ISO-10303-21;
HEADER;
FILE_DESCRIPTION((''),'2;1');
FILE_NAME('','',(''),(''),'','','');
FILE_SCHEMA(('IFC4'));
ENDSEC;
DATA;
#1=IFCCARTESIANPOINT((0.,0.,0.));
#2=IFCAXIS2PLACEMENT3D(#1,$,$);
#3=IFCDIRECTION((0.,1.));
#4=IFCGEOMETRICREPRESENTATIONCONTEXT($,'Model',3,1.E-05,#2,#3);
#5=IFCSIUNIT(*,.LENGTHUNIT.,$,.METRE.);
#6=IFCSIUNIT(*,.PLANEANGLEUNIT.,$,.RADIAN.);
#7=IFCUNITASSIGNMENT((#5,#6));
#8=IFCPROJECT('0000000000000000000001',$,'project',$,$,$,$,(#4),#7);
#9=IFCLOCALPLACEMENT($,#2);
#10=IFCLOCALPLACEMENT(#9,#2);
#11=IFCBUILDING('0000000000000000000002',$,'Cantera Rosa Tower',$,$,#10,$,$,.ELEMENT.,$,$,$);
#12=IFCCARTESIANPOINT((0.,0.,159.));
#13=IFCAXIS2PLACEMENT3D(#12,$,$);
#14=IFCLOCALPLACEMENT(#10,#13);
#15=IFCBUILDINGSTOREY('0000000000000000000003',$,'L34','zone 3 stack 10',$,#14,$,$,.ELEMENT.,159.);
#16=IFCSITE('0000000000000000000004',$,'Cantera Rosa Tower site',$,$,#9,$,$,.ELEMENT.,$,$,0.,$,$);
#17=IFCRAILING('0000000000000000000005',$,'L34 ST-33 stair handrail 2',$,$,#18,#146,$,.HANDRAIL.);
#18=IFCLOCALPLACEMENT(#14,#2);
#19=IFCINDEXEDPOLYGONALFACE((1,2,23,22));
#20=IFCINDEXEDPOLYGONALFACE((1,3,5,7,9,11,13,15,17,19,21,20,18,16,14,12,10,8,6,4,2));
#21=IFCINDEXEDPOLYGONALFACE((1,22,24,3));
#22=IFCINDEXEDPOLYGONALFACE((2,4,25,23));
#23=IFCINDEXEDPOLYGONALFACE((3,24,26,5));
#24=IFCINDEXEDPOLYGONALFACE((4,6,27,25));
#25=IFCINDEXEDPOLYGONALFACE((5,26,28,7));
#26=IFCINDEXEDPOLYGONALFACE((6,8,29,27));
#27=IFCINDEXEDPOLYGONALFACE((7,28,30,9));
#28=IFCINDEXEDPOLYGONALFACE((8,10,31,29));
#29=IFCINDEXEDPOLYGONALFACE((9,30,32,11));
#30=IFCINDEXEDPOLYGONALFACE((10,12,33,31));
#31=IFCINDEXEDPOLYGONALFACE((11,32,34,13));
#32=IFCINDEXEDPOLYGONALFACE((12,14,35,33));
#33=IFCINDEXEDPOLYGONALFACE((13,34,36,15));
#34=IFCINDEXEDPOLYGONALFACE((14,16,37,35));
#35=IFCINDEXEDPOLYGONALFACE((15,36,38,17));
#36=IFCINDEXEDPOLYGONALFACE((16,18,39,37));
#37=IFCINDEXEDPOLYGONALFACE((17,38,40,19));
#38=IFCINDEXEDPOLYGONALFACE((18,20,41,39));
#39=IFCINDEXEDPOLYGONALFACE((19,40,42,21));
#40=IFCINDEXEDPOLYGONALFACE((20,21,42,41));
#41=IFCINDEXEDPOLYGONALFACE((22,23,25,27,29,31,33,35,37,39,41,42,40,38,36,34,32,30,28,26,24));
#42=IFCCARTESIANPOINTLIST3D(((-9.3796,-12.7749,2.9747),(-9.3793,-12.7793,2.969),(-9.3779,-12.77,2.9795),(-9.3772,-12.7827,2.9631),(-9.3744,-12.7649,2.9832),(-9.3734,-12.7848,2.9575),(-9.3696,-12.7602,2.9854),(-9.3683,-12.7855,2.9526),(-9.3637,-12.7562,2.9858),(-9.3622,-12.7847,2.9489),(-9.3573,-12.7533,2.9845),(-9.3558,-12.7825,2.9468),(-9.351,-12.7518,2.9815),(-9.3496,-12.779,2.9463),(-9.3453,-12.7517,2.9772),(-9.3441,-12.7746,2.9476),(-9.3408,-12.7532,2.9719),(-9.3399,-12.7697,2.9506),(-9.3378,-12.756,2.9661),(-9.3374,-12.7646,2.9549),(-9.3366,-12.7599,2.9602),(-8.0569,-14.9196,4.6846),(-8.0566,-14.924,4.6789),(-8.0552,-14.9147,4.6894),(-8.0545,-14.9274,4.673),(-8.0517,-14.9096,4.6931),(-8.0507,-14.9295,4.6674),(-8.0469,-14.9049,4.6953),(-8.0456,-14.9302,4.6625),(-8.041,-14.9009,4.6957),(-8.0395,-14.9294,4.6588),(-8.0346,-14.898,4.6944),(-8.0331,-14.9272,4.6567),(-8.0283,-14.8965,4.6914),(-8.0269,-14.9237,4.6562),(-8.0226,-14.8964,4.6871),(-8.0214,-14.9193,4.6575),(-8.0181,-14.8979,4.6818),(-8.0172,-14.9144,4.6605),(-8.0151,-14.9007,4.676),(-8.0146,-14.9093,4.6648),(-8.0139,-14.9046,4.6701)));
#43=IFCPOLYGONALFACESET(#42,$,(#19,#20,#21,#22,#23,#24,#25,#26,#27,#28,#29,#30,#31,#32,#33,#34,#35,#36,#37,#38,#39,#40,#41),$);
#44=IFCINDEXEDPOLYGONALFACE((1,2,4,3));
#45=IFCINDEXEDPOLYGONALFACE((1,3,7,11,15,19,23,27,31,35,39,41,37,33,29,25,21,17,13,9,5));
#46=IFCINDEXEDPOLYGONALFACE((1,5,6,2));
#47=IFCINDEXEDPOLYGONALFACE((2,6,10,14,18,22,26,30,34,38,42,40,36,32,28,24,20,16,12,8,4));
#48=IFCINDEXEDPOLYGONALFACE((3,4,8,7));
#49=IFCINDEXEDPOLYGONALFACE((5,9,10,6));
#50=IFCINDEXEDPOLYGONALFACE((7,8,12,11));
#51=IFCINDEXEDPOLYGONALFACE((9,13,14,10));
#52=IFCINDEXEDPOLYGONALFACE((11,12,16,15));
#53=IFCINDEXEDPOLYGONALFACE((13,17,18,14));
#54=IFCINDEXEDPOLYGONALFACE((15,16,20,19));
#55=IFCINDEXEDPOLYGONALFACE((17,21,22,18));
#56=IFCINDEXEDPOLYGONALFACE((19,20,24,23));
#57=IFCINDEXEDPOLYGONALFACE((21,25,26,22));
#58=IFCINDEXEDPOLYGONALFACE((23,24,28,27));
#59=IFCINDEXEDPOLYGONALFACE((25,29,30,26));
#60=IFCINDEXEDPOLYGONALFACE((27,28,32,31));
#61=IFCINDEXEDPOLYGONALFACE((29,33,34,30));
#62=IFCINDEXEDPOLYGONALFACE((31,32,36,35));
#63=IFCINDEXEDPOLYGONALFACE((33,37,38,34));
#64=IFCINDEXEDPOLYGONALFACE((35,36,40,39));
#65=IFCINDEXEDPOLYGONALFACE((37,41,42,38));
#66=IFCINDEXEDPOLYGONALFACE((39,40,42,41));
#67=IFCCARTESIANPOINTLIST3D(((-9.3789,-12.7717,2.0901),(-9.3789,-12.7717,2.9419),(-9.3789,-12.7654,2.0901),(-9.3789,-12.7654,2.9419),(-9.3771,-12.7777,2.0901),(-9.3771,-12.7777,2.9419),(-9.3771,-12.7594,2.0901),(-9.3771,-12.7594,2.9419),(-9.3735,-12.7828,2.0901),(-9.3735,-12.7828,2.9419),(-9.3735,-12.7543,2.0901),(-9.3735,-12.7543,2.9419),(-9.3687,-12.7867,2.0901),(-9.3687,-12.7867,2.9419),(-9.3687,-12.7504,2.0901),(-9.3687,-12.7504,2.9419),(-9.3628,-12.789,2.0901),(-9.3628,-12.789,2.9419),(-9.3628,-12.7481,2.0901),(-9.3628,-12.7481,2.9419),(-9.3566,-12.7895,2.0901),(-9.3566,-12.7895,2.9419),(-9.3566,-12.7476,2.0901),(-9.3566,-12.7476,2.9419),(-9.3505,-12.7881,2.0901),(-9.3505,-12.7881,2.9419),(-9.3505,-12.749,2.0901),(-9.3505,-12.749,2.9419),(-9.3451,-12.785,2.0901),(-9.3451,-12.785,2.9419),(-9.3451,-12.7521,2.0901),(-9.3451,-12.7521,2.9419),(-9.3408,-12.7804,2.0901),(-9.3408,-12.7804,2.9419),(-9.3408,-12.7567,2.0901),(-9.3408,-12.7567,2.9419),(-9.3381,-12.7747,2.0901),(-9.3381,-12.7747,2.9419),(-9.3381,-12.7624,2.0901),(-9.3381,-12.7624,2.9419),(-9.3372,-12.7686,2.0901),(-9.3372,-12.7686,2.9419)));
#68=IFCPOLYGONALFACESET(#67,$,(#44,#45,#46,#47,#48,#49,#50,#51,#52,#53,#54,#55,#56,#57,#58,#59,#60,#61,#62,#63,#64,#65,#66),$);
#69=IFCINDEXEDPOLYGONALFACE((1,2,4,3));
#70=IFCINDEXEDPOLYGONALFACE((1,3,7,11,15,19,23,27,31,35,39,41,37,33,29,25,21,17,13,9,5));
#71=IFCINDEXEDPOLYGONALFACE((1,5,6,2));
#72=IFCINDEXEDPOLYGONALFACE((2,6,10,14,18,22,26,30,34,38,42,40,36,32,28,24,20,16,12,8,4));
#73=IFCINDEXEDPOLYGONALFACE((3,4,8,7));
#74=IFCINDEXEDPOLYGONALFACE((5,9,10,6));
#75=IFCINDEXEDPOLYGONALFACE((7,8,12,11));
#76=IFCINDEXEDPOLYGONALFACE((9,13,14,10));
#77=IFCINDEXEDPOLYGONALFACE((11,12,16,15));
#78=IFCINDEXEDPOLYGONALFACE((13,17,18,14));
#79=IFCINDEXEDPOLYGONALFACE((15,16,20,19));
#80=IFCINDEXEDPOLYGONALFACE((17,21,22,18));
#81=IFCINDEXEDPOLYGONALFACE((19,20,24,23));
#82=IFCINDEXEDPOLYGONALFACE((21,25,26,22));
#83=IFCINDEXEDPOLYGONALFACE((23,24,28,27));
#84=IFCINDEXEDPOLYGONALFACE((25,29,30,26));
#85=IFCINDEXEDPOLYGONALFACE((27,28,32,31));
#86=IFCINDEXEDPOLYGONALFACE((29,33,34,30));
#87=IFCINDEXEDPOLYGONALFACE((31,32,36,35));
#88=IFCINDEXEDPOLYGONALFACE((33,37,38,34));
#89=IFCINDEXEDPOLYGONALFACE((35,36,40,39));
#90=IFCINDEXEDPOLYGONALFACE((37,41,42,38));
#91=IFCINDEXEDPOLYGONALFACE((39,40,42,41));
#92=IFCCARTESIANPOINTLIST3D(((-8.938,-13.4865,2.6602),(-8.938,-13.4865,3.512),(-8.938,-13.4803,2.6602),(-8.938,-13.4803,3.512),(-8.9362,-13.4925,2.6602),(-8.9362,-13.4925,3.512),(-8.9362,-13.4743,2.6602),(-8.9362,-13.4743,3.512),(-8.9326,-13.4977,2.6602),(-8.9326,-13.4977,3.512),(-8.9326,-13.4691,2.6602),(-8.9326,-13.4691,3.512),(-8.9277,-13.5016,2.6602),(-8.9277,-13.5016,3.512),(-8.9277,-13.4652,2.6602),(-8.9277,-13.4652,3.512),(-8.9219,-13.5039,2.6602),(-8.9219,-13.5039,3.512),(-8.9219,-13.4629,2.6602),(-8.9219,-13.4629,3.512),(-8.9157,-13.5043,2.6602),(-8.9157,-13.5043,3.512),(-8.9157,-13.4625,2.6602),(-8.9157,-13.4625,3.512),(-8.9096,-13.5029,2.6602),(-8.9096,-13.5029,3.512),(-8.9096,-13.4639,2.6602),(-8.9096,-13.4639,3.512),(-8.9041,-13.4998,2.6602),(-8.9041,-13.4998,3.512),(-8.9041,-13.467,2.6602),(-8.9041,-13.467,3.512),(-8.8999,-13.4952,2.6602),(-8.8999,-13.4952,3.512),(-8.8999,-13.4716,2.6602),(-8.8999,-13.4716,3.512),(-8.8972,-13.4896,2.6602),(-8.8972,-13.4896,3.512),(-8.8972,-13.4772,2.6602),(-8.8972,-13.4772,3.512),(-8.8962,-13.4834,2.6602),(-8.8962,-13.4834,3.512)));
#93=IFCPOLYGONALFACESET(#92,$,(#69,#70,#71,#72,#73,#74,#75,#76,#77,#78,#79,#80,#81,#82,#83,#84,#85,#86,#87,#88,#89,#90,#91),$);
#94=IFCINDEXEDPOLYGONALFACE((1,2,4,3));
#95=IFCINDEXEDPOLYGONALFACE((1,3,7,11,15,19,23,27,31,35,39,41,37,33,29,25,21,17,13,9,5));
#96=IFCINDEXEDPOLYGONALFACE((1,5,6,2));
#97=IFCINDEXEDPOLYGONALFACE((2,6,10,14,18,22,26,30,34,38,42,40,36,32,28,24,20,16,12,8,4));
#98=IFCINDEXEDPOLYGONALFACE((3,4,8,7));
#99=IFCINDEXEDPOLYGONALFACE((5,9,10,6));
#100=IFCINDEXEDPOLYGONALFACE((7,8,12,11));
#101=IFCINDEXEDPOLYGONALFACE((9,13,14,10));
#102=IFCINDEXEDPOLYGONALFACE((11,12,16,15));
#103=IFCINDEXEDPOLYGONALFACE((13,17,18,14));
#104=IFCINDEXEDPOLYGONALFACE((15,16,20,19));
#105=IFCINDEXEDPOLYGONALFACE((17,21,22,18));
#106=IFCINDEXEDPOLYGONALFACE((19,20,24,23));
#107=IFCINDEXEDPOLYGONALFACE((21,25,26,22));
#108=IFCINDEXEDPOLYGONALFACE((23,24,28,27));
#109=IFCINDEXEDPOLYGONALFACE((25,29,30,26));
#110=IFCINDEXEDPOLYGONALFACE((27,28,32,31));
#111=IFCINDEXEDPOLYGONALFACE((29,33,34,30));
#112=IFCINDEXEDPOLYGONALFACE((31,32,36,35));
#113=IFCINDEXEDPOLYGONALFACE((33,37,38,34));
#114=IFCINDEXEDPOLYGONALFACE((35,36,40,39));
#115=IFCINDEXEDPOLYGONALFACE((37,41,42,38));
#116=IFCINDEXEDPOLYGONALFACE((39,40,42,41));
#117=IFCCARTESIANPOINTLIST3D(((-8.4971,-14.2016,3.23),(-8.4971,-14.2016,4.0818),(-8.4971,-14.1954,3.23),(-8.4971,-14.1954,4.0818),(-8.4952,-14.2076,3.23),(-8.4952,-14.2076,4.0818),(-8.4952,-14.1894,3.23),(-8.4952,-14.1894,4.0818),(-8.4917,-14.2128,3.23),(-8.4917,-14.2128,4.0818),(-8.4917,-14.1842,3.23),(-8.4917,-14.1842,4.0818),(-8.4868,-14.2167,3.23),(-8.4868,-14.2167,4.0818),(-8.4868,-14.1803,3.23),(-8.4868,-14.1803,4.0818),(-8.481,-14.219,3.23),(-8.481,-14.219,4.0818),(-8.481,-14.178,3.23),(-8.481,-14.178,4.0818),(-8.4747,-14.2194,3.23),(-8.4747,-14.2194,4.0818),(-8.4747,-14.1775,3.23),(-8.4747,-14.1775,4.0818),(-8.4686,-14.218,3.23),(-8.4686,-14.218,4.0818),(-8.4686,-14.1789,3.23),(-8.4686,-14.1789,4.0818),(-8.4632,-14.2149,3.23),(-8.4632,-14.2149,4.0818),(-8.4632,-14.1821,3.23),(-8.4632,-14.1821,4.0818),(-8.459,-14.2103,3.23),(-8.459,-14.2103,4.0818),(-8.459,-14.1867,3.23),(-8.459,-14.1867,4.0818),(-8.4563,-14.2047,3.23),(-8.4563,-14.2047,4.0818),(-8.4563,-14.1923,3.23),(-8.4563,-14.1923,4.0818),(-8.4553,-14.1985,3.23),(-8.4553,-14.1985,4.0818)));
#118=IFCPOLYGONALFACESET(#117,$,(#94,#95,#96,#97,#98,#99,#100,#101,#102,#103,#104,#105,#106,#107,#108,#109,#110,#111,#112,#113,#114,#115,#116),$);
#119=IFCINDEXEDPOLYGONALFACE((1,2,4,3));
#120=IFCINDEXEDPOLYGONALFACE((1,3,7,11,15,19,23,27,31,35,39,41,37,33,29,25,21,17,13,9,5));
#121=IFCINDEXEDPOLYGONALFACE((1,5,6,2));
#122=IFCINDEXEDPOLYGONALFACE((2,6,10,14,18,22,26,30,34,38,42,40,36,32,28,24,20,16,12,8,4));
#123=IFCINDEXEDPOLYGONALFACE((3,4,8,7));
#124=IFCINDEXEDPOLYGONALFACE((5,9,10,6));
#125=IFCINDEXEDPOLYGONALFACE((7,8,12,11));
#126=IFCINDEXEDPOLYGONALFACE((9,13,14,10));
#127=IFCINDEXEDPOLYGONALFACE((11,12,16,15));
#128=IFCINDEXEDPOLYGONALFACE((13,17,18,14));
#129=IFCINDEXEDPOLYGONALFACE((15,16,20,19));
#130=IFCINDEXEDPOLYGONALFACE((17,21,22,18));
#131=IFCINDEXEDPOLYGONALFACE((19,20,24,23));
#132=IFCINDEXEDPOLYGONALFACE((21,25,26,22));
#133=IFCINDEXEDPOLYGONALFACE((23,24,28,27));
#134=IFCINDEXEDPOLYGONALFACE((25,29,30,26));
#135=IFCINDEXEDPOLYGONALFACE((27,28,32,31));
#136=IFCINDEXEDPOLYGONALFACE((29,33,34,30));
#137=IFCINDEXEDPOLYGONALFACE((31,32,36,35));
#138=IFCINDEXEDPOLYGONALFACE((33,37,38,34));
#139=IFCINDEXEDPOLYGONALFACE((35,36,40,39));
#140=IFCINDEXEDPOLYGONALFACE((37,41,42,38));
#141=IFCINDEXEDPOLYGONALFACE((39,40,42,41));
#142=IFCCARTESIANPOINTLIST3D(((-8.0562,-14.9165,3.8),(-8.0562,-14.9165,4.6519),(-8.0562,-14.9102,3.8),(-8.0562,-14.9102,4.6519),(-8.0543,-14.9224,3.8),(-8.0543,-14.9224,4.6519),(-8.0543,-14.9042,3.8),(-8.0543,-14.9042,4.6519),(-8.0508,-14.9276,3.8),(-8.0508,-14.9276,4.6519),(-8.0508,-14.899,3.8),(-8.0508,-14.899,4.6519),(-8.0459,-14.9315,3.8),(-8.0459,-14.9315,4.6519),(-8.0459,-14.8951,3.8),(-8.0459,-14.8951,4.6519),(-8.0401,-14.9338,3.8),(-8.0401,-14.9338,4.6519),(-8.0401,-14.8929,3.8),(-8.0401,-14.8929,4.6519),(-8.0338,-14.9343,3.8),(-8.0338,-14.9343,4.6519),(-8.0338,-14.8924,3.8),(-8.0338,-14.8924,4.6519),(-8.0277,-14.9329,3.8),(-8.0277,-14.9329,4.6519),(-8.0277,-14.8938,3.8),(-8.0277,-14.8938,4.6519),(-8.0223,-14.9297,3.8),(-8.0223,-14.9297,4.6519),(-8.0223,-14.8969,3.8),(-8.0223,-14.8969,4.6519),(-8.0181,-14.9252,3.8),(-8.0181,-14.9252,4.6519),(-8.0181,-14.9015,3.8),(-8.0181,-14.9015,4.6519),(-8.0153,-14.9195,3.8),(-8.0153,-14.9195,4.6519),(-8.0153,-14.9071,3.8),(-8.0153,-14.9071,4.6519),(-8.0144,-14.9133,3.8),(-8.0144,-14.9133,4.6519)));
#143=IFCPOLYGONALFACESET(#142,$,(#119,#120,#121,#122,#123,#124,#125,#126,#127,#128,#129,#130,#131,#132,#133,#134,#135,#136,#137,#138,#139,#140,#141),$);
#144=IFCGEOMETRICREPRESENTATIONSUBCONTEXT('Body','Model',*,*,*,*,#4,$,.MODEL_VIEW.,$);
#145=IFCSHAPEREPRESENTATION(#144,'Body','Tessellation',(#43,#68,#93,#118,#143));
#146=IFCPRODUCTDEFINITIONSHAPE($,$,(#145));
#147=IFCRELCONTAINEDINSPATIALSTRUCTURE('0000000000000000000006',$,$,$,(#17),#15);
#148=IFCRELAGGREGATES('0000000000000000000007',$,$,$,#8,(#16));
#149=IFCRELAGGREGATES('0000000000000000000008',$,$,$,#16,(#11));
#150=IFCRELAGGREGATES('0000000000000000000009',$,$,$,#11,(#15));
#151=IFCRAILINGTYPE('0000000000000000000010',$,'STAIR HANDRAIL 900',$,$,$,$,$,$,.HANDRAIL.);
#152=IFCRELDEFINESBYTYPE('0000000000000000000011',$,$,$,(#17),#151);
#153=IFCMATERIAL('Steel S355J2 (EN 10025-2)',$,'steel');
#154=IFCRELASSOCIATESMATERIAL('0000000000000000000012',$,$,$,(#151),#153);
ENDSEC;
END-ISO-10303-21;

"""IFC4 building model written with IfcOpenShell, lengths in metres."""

from ifc_helpers import new_model, si_unit, direction, frame, origin, origin_2d, place, context, subcontext, project, spatial, circle, extrude, material, type_object, element, save


model = new_model("IFC4")

# Units and contexts
model_context = context("Model", 3, precision=1e-05, world=origin(), true_north=direction((0.0, 1.0)))
body_context = subcontext(model_context, "Body", "Model", "MODEL_VIEW")
ifc_project = project(units=[si_unit("LENGTHUNIT", "METRE"), si_unit("PLANEANGLEUNIT", "RADIAN")], contexts=[model_context])

# Site, building, storey
site_placement = place(None, origin())
site = spatial("IfcSite", under=ifc_project, at=site_placement, Name="Cantera Rosa Tower site", CompositionType="ELEMENT", RefElevation=0.0)
building_placement = place(site_placement, origin())
building = spatial("IfcBuilding", under=site, at=building_placement, Name="Cantera Rosa Tower", CompositionType="ELEMENT")
storey_placement = place(building_placement, frame((0.0, 0.0, 159.0)))
storey = spatial("IfcBuildingStorey", under=building, at=storey_placement, Name="L34", Description="zone 3 stack 10", CompositionType="ELEMENT", Elevation=159.0)

# Railing
ifc_material_1 = material(Name="Steel S355J2 (EN 10025-2)", Category="steel")
railing_type_1 = type_object("IfcRailingType", Name="STAIR HANDRAIL 900", PredefinedType="HANDRAIL", material=ifc_material_1)
railing_1_placement = place(storey_placement, frame((-9.3582, -12.7686, 2.0901)))
element("IfcRailing", 1, at=railing_1_placement, inside=storey, type_object=railing_type_1, Name="L34 ST-33 stair handrail 2", PredefinedType="HANDRAIL", context=body_context, shape_type="SweptSolid", body=[
    extrude(circle(Radius=0.0239, at=origin_2d()), frame((0.0, 0.0, 0.876), z_axis=(0.434363, -0.704296, 0.561513), x_axis=(0.851146, 0.52493, 0.0)), (0.0, 0.0, 1.0), 3.0452),
    extrude(circle(Radius=0.021, at=origin_2d()), origin(), (0.0, 0.0, 1.0), 0.8518),
    extrude(circle(Radius=0.021, at=origin_2d()), frame((0.4409, -0.7148, 0.5701)), (0.0, 0.0, 1.0), 0.8518),
    extrude(circle(Radius=0.021, at=origin_2d()), frame((0.8818, -1.4299, 1.1399)), (0.0, 0.0, 1.0), 0.8518),
    extrude(circle(Radius=0.021, at=origin_2d()), frame((1.3228, -2.1448, 1.71)), (0.0, 0.0, 1.0), 0.8518),
])

save(model, "model.ifc")
